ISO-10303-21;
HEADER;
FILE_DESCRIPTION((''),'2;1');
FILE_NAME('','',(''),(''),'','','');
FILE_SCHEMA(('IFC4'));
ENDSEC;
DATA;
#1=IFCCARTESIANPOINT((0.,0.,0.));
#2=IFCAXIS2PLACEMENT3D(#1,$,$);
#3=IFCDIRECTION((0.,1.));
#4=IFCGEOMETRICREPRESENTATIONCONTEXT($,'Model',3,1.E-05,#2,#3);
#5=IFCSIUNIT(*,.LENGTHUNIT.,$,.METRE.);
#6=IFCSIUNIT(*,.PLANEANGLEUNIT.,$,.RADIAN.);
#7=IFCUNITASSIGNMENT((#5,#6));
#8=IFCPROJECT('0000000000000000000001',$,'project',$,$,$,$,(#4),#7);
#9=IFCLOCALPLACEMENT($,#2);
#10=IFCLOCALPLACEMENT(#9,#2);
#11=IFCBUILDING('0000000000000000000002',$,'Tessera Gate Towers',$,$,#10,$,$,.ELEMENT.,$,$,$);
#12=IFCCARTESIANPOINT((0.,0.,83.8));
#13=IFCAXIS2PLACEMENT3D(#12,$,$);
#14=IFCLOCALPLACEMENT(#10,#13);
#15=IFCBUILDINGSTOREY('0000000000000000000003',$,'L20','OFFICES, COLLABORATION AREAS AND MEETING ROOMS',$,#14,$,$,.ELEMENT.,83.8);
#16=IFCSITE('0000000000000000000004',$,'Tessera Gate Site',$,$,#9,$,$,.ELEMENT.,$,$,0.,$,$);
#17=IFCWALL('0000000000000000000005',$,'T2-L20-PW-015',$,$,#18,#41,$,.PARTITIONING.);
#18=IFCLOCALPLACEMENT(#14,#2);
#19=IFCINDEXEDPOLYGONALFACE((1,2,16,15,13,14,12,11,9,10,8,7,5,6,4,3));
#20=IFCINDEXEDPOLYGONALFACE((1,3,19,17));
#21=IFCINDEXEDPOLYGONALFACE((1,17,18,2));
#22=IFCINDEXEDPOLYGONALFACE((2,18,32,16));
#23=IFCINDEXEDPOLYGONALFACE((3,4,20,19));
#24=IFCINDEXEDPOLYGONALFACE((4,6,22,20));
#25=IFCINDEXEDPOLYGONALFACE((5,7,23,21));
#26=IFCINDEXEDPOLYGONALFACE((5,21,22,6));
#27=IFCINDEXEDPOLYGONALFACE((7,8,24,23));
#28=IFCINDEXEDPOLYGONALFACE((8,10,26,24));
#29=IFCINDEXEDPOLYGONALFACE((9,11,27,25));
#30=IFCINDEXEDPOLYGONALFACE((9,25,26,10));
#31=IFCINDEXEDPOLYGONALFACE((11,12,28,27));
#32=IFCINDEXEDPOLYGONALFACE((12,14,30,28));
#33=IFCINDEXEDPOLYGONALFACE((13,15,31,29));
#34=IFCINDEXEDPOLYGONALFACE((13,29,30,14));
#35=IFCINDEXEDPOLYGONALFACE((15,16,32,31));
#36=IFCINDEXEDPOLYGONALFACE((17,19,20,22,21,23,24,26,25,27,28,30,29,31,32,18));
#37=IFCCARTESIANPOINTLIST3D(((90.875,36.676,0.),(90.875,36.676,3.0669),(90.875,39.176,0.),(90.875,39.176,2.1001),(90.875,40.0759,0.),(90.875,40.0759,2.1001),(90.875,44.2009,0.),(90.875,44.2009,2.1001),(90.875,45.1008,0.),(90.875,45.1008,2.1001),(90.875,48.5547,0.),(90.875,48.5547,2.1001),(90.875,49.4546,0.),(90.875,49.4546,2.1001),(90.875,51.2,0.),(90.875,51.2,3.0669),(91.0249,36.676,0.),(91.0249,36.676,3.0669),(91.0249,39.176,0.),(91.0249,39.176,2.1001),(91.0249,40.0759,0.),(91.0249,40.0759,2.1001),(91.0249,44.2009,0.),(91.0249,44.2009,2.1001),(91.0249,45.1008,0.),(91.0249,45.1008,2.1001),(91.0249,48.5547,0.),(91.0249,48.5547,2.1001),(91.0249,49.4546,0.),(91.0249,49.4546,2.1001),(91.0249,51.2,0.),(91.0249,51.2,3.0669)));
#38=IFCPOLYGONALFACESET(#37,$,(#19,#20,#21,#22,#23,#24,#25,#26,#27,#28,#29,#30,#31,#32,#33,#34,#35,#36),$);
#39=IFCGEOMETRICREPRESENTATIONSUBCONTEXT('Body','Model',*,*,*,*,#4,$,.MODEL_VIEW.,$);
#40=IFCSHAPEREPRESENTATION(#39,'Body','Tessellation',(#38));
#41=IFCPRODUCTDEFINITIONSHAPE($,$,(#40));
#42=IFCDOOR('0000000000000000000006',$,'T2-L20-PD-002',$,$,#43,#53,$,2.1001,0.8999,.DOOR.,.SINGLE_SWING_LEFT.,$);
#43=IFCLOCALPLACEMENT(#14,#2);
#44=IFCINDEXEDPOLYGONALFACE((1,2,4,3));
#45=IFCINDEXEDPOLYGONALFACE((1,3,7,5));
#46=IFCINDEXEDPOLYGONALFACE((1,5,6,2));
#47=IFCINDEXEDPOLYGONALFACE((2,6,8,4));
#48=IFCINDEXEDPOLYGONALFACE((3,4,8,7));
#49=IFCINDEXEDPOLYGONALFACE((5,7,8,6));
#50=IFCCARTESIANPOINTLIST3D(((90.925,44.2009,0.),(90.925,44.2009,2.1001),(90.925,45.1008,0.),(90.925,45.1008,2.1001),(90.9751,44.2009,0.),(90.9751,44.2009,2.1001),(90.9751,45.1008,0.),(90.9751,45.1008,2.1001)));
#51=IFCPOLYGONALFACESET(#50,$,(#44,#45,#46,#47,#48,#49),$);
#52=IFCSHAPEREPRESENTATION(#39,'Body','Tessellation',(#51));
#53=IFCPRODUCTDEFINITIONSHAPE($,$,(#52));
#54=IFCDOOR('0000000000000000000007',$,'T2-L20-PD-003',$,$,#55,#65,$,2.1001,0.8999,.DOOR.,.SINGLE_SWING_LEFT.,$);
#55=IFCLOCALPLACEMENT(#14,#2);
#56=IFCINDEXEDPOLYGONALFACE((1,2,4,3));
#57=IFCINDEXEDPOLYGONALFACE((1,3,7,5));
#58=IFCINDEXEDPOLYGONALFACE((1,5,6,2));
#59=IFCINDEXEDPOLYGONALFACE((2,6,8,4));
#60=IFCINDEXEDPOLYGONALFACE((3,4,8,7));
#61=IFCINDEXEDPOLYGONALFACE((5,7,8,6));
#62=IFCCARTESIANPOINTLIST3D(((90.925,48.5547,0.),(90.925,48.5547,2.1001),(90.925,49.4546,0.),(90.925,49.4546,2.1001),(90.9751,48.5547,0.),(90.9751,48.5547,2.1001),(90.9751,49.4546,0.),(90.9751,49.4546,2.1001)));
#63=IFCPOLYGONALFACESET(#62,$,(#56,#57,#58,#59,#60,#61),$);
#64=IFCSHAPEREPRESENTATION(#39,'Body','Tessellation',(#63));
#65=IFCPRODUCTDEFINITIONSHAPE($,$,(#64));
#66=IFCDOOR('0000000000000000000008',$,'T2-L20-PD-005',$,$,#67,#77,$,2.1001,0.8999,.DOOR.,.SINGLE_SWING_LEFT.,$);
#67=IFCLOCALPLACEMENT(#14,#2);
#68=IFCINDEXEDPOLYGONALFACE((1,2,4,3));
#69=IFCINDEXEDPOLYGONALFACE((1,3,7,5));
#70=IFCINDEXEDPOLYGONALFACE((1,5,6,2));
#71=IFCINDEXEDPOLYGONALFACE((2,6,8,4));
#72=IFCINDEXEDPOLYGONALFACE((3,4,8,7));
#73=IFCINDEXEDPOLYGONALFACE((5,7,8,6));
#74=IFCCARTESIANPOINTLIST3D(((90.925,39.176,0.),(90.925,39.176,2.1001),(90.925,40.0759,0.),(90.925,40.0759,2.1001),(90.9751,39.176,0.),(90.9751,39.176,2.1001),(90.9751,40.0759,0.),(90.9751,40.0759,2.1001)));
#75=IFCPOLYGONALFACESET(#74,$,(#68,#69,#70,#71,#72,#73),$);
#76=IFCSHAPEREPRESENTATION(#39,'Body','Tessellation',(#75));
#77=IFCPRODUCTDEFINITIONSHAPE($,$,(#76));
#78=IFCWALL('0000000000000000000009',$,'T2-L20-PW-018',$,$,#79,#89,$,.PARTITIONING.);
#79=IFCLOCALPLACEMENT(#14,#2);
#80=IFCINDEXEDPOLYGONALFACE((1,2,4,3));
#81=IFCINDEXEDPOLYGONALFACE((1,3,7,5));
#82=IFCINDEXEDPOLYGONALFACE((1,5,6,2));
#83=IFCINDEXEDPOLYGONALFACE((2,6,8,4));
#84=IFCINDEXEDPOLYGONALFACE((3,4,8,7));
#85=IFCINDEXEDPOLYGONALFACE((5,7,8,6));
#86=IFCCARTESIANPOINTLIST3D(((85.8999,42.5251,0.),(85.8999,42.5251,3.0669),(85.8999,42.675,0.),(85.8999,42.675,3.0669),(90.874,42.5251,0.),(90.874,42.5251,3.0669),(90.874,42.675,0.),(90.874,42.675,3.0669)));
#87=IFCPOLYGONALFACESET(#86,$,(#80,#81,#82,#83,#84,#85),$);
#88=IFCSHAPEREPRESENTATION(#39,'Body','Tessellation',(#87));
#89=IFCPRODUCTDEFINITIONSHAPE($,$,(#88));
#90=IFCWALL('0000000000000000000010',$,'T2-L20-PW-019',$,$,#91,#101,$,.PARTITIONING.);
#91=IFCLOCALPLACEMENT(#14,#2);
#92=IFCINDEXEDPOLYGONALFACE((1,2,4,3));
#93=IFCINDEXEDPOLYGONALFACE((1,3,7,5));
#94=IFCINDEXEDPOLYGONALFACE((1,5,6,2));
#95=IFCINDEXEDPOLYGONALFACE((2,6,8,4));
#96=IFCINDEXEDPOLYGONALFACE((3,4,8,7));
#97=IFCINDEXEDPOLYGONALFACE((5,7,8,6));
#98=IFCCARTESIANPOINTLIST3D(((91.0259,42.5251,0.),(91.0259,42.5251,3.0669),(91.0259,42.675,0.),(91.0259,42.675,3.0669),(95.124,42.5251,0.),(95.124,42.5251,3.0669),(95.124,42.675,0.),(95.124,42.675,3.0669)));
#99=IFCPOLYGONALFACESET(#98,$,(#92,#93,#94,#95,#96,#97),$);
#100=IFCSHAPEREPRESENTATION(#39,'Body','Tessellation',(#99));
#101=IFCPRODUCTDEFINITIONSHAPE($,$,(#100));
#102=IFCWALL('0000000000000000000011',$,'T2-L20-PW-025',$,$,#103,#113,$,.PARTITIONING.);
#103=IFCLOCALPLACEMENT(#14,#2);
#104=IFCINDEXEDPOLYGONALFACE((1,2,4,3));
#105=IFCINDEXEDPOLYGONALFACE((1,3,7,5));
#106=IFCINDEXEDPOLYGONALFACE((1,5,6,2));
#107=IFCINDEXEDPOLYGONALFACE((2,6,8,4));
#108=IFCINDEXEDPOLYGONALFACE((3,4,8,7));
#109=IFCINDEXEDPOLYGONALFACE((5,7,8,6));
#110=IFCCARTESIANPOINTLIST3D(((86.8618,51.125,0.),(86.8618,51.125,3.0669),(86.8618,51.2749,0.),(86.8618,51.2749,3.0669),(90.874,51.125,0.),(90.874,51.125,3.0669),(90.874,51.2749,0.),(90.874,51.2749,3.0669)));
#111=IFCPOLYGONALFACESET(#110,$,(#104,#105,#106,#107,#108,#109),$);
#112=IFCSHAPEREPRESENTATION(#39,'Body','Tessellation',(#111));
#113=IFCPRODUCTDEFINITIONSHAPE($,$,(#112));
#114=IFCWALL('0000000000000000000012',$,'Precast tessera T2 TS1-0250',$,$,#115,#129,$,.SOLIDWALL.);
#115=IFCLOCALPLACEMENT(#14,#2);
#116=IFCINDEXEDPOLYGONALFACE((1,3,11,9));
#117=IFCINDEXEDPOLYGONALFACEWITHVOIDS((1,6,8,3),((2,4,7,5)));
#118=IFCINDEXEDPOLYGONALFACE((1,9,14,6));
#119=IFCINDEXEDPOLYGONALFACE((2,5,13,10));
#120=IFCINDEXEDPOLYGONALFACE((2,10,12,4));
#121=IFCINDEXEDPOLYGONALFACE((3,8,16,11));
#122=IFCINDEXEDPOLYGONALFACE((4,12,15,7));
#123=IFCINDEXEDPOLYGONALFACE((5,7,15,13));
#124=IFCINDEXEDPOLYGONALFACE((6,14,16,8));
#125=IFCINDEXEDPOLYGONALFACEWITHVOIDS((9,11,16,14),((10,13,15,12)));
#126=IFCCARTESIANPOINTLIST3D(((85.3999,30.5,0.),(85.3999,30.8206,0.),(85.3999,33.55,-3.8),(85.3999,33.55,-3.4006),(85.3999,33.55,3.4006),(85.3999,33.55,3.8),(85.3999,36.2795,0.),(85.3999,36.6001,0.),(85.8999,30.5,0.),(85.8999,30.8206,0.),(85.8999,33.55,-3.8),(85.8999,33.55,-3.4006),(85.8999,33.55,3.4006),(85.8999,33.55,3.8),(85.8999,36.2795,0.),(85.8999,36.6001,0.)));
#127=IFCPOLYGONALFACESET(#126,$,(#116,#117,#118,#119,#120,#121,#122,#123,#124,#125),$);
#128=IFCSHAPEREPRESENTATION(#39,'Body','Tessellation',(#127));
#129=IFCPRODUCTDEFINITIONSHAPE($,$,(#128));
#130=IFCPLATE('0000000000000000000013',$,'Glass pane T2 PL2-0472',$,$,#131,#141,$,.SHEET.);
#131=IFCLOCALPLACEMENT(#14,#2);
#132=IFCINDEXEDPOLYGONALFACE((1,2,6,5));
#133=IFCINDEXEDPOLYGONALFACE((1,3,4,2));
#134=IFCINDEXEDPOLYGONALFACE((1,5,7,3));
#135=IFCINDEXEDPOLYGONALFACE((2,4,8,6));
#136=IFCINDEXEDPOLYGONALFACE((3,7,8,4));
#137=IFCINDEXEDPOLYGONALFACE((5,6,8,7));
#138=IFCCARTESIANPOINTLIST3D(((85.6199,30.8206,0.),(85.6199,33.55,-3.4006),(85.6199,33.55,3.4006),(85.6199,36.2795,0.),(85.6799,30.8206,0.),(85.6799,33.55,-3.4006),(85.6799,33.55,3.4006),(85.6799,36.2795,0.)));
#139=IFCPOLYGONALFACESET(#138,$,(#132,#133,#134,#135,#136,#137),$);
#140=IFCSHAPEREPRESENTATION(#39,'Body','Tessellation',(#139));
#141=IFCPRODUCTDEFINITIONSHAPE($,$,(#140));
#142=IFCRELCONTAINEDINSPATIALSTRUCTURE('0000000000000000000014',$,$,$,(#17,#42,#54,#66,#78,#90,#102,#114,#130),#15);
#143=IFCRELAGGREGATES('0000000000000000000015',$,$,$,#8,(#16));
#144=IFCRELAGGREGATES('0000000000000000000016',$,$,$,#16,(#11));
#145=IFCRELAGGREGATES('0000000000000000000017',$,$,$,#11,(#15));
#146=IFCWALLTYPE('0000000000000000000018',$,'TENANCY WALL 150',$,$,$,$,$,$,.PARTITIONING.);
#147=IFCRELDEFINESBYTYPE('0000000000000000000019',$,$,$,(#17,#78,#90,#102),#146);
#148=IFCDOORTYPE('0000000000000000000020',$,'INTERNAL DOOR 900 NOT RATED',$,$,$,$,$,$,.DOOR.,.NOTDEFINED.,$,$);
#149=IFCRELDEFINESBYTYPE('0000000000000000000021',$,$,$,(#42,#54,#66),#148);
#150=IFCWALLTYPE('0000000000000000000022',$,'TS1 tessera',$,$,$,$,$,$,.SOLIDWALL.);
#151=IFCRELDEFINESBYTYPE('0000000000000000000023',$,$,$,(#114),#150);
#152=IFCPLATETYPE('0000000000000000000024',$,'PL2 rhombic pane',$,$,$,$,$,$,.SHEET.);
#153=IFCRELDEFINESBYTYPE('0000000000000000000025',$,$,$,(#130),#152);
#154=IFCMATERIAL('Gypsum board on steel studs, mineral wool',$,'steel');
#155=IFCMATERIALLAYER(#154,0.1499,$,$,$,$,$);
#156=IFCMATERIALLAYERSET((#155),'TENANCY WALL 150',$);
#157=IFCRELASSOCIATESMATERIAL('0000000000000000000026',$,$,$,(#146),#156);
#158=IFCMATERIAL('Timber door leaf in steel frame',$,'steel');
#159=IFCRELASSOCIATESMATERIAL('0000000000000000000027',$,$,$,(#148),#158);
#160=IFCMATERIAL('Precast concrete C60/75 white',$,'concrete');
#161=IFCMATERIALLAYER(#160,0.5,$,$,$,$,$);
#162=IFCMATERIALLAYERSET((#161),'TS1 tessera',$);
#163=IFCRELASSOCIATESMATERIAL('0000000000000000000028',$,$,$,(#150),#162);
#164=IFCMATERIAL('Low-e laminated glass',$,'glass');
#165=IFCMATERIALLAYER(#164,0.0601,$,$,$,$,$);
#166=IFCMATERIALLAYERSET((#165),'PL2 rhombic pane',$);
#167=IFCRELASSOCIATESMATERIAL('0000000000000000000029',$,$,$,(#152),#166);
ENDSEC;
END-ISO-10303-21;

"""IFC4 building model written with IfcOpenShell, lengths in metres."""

from ifc_helpers import new_model, si_unit, direction, frame, frame_2d, origin, place, context, subcontext, project, spatial, polyline, rectangle, outline, extrude, source, transform, mapped, material, layer, layer_set, type_object, element, fill, save


model = new_model("IFC4")

# Units and contexts
model_context = context("Model", 3, precision=1e-05, world=origin(), true_north=direction((0.0, 1.0)))
body_context = subcontext(model_context, "Body", "Model", "MODEL_VIEW")
ifc_project = project(units=[si_unit("LENGTHUNIT", "METRE"), si_unit("PLANEANGLEUNIT", "RADIAN")], contexts=[model_context])

# Site, building, storey
site_placement = place(None, origin())
site = spatial("IfcSite", under=ifc_project, at=site_placement, Name="Tessera Gate Site", CompositionType="ELEMENT", RefElevation=0.0)
building_placement = place(site_placement, origin())
building = spatial("IfcBuilding", under=site, at=building_placement, Name="Tessera Gate Towers", CompositionType="ELEMENT")
storey_placement = place(building_placement, frame((0.0, 0.0, 83.8)))
storey = spatial("IfcBuildingStorey", under=building, at=storey_placement, Name="L20", Description="OFFICES, COLLABORATION AREAS AND MEETING ROOMS", CompositionType="ELEMENT", Elevation=83.8)

# Wall, openings, doors
ifc_material_1 = material(Name="Gypsum board on steel studs, mineral wool", Category="steel")
ifc_layer_1 = layer(ifc_material_1, 0.1499)
ifc_layer_set_1 = layer_set([ifc_layer_1], Name="TENANCY WALL 150")
wall_type_1 = type_object("IfcWallType", Name="TENANCY WALL 150", PredefinedType="PARTITIONING", material=ifc_layer_set_1)
wall_1_placement = place(storey_placement, frame((90.95, 36.676, 0.0), z_axis=(0.0, 0.0, 1.0), x_axis=(0.0, 1.0, 0.0)))
wall_1 = element("IfcWall", 1, at=wall_1_placement, inside=storey, type_object=wall_type_1, Name="T2-L20-PW-015", PredefinedType="PARTITIONING", context=body_context, shape_type="SweptSolid", body=[
    extrude(rectangle(XDim=14.5239, YDim=0.1499, at=frame_2d((7.262, 0.0))), origin(), (0.0, 0.0, 1.0), 3.0669),
])
shared_shape_1 = source(origin(), body_context, "Body", "SweptSolid", [
    extrude(rectangle(XDim=0.8999, YDim=2.1001, at=frame_2d((0.45, 1.05))), frame((0.0, 0.085, 0.0), z_axis=(0.0, -1.0, 0.0), x_axis=(1.0, 0.0, 0.0)), (0.0, 0.0, 1.0), 0.1699),
])
opening_1_placement = place(wall_1_placement, frame((7.5249, 0.0, 0.0)))
opening_1 = element("IfcOpeningElement", 2, at=opening_1_placement, cuts=wall_1, PredefinedType="OPENING", context=body_context, shape_type="MappedRepresentation", body=[
    mapped(shared_shape_1, transform((0.0, 0.0, 0.0), scale=1.0)),
])
opening_2_placement = place(wall_1_placement, frame((11.8787, 0.0, 0.0)))
opening_2 = element("IfcOpeningElement", 3, at=opening_2_placement, cuts=wall_1, PredefinedType="OPENING", context=body_context, shape_type="MappedRepresentation", body=[
    mapped(shared_shape_1, transform((0.0, 0.0, 0.0), scale=1.0)),
])
opening_3_placement = place(wall_1_placement, frame((2.5, 0.0, 0.0)))
opening_3 = element("IfcOpeningElement", 4, at=opening_3_placement, cuts=wall_1, PredefinedType="OPENING", context=body_context, shape_type="MappedRepresentation", body=[
    mapped(shared_shape_1, transform((0.0, 0.0, 0.0), scale=1.0)),
])
ifc_material_2 = material(Name="Timber door leaf in steel frame", Category="steel")
door_type = type_object("IfcDoorType", Name="INTERNAL DOOR 900 NOT RATED", OperationType="NOTDEFINED", PredefinedType="DOOR", material=ifc_material_2)
shared_shape_2 = source(origin(), body_context, "Body", "SweptSolid", [
    extrude(rectangle(XDim=0.8999, YDim=2.1001, at=frame_2d((0.45, 1.05))), frame((0.0, 0.0249, 0.0), z_axis=(0.0, -1.0, 0.0), x_axis=(1.0, 0.0, 0.0)), (0.0, 0.0, 1.0), 0.05),
])
door_1_placement = place(opening_1_placement, origin())
door_1 = element("IfcDoor", 5, at=door_1_placement, inside=storey, type_object=door_type, Name="T2-L20-PD-002", OperationType="SINGLE_SWING_LEFT", OverallHeight=2.1001, OverallWidth=0.8999, PredefinedType="DOOR", context=body_context, shape_type="MappedRepresentation", body=[
    mapped(shared_shape_2, transform((0.0, 0.0, 0.0), scale=1.0)),
])
fill(opening_1, door_1)
door_2_placement = place(opening_2_placement, origin())
door_2 = element("IfcDoor", 6, at=door_2_placement, inside=storey, type_object=door_type, Name="T2-L20-PD-003", OperationType="SINGLE_SWING_LEFT", OverallHeight=2.1001, OverallWidth=0.8999, PredefinedType="DOOR", context=body_context, shape_type="MappedRepresentation", body=[
    mapped(shared_shape_2, transform((0.0, 0.0, 0.0), scale=1.0)),
])
fill(opening_2, door_2)
door_3_placement = place(opening_3_placement, origin())
door_3 = element("IfcDoor", 7, at=door_3_placement, inside=storey, type_object=door_type, Name="T2-L20-PD-005", OperationType="SINGLE_SWING_LEFT", OverallHeight=2.1001, OverallWidth=0.8999, PredefinedType="DOOR", context=body_context, shape_type="MappedRepresentation", body=[
    mapped(shared_shape_2, transform((0.0, 0.0, 0.0), scale=1.0)),
])
fill(opening_3, door_3)

# Walls
wall_2_placement = place(storey_placement, frame((85.8999, 42.6001, 0.0), z_axis=(0.0, 0.0, 1.0), x_axis=(1.0, 0.0, 0.0)))
element("IfcWall", 8, at=wall_2_placement, inside=storey, type_object=wall_type_1, Name="T2-L20-PW-018", PredefinedType="PARTITIONING", context=body_context, shape_type="SweptSolid", body=[
    extrude(rectangle(XDim=4.9741, YDim=0.1499, at=frame_2d((2.4871, 0.0))), origin(), (0.0, 0.0, 1.0), 3.0669),
])
wall_3_placement = place(storey_placement, frame((91.0259, 42.6001, 0.0), z_axis=(0.0, 0.0, 1.0), x_axis=(1.0, 0.0, 0.0)))
element("IfcWall", 9, at=wall_3_placement, inside=storey, type_object=wall_type_1, Name="T2-L20-PW-019", PredefinedType="PARTITIONING", context=body_context, shape_type="SweptSolid", body=[
    extrude(rectangle(XDim=4.0981, YDim=0.1499, at=frame_2d((2.0491, 0.0))), origin(), (0.0, 0.0, 1.0), 3.0669),
])
wall_4_placement = place(storey_placement, frame((86.8618, 51.2, 0.0), z_axis=(0.0, 0.0, 1.0), x_axis=(1.0, 0.0, 0.0)))
element("IfcWall", 10, at=wall_4_placement, inside=storey, type_object=wall_type_1, Name="T2-L20-PW-025", PredefinedType="PARTITIONING", context=body_context, shape_type="SweptSolid", body=[
    extrude(rectangle(XDim=4.0122, YDim=0.1499, at=frame_2d((2.0061, 0.0))), origin(), (0.0, 0.0, 1.0), 3.0669),
])

# Wall, opening, plate
ifc_material_3 = material(Name="Precast concrete C60/75 white", Category="concrete")
ifc_layer_2 = layer(ifc_material_3, 0.5)
ifc_layer_set_2 = layer_set([ifc_layer_2], Name="TS1 tessera")
wall_type_2 = type_object("IfcWallType", Name="TS1 tessera", PredefinedType="SOLIDWALL", material=ifc_layer_set_2)
shared_shape_3 = source(origin(), body_context, "Body", "SweptSolid", [
    extrude(outline(polyline([(3.05, 0.0), (6.1001, 3.8), (3.05, 7.6001), (0.0, 3.8), (3.05, 0.0)])), frame((0.0, 0.25, 0.0), z_axis=(0.0, -1.0, 0.0), x_axis=(1.0, 0.0, 0.0)), (0.0, 0.0, 1.0), 0.5),
])
wall_5_placement = place(storey_placement, frame((85.6499, 36.6001, -3.8), z_axis=(0.0, 0.0, 1.0), x_axis=(0.0, -1.0, 0.0)))
wall_5 = element("IfcWall", 11, at=wall_5_placement, inside=storey, type_object=wall_type_2, Name="Precast tessera T2 TS1-0250", PredefinedType="SOLIDWALL", context=body_context, shape_type="MappedRepresentation", body=[
    mapped(shared_shape_3, transform((0.0, 0.0, 0.0), scale=1.0)),
])
shared_shape_4 = source(origin(), body_context, "Body", "SweptSolid", [
    extrude(outline(polyline([(3.05, 0.3994), (5.7795, 3.8), (3.05, 7.2007), (0.3206, 3.8), (3.05, 0.3994)])), frame((0.0, 0.26, 0.0), z_axis=(0.0, -1.0, 0.0), x_axis=(1.0, 0.0, 0.0)), (0.0, 0.0, 1.0), 0.52),
])
opening_4_placement = place(wall_5_placement, origin())
opening_4 = element("IfcOpeningElement", 12, at=opening_4_placement, cuts=wall_5, PredefinedType="OPENING", context=body_context, shape_type="MappedRepresentation", body=[
    mapped(shared_shape_4, transform((0.0, 0.0, 0.0), scale=1.0)),
])
ifc_material_4 = material(Name="Low-e laminated glass", Category="glass")
ifc_layer_3 = layer(ifc_material_4, 0.0601)
ifc_layer_set_3 = layer_set([ifc_layer_3], Name="PL2 rhombic pane")
plate_type = type_object("IfcPlateType", Name="PL2 rhombic pane", PredefinedType="SHEET", material=ifc_layer_set_3)
shared_shape_5 = source(origin(), body_context, "Body", "SweptSolid", [
    extrude(outline(polyline([(3.05, 0.3994), (5.7795, 3.8), (3.05, 7.2007), (0.3206, 3.8), (3.05, 0.3994)])), frame((0.0, 0.03, 0.0), z_axis=(0.0, -1.0, 0.0), x_axis=(1.0, 0.0, 0.0)), (0.0, 0.0, 1.0), 0.0601),
])
plate_placement = place(opening_4_placement, origin())
plate = element("IfcPlate", 13, at=plate_placement, inside=storey, type_object=plate_type, Name="Glass pane T2 PL2-0472", PredefinedType="SHEET", context=body_context, shape_type="MappedRepresentation", body=[
    mapped(shared_shape_5, transform((0.0, 0.0, 0.0), scale=1.0)),
])
fill(opening_4, plate)

save(model, "model.ifc")
